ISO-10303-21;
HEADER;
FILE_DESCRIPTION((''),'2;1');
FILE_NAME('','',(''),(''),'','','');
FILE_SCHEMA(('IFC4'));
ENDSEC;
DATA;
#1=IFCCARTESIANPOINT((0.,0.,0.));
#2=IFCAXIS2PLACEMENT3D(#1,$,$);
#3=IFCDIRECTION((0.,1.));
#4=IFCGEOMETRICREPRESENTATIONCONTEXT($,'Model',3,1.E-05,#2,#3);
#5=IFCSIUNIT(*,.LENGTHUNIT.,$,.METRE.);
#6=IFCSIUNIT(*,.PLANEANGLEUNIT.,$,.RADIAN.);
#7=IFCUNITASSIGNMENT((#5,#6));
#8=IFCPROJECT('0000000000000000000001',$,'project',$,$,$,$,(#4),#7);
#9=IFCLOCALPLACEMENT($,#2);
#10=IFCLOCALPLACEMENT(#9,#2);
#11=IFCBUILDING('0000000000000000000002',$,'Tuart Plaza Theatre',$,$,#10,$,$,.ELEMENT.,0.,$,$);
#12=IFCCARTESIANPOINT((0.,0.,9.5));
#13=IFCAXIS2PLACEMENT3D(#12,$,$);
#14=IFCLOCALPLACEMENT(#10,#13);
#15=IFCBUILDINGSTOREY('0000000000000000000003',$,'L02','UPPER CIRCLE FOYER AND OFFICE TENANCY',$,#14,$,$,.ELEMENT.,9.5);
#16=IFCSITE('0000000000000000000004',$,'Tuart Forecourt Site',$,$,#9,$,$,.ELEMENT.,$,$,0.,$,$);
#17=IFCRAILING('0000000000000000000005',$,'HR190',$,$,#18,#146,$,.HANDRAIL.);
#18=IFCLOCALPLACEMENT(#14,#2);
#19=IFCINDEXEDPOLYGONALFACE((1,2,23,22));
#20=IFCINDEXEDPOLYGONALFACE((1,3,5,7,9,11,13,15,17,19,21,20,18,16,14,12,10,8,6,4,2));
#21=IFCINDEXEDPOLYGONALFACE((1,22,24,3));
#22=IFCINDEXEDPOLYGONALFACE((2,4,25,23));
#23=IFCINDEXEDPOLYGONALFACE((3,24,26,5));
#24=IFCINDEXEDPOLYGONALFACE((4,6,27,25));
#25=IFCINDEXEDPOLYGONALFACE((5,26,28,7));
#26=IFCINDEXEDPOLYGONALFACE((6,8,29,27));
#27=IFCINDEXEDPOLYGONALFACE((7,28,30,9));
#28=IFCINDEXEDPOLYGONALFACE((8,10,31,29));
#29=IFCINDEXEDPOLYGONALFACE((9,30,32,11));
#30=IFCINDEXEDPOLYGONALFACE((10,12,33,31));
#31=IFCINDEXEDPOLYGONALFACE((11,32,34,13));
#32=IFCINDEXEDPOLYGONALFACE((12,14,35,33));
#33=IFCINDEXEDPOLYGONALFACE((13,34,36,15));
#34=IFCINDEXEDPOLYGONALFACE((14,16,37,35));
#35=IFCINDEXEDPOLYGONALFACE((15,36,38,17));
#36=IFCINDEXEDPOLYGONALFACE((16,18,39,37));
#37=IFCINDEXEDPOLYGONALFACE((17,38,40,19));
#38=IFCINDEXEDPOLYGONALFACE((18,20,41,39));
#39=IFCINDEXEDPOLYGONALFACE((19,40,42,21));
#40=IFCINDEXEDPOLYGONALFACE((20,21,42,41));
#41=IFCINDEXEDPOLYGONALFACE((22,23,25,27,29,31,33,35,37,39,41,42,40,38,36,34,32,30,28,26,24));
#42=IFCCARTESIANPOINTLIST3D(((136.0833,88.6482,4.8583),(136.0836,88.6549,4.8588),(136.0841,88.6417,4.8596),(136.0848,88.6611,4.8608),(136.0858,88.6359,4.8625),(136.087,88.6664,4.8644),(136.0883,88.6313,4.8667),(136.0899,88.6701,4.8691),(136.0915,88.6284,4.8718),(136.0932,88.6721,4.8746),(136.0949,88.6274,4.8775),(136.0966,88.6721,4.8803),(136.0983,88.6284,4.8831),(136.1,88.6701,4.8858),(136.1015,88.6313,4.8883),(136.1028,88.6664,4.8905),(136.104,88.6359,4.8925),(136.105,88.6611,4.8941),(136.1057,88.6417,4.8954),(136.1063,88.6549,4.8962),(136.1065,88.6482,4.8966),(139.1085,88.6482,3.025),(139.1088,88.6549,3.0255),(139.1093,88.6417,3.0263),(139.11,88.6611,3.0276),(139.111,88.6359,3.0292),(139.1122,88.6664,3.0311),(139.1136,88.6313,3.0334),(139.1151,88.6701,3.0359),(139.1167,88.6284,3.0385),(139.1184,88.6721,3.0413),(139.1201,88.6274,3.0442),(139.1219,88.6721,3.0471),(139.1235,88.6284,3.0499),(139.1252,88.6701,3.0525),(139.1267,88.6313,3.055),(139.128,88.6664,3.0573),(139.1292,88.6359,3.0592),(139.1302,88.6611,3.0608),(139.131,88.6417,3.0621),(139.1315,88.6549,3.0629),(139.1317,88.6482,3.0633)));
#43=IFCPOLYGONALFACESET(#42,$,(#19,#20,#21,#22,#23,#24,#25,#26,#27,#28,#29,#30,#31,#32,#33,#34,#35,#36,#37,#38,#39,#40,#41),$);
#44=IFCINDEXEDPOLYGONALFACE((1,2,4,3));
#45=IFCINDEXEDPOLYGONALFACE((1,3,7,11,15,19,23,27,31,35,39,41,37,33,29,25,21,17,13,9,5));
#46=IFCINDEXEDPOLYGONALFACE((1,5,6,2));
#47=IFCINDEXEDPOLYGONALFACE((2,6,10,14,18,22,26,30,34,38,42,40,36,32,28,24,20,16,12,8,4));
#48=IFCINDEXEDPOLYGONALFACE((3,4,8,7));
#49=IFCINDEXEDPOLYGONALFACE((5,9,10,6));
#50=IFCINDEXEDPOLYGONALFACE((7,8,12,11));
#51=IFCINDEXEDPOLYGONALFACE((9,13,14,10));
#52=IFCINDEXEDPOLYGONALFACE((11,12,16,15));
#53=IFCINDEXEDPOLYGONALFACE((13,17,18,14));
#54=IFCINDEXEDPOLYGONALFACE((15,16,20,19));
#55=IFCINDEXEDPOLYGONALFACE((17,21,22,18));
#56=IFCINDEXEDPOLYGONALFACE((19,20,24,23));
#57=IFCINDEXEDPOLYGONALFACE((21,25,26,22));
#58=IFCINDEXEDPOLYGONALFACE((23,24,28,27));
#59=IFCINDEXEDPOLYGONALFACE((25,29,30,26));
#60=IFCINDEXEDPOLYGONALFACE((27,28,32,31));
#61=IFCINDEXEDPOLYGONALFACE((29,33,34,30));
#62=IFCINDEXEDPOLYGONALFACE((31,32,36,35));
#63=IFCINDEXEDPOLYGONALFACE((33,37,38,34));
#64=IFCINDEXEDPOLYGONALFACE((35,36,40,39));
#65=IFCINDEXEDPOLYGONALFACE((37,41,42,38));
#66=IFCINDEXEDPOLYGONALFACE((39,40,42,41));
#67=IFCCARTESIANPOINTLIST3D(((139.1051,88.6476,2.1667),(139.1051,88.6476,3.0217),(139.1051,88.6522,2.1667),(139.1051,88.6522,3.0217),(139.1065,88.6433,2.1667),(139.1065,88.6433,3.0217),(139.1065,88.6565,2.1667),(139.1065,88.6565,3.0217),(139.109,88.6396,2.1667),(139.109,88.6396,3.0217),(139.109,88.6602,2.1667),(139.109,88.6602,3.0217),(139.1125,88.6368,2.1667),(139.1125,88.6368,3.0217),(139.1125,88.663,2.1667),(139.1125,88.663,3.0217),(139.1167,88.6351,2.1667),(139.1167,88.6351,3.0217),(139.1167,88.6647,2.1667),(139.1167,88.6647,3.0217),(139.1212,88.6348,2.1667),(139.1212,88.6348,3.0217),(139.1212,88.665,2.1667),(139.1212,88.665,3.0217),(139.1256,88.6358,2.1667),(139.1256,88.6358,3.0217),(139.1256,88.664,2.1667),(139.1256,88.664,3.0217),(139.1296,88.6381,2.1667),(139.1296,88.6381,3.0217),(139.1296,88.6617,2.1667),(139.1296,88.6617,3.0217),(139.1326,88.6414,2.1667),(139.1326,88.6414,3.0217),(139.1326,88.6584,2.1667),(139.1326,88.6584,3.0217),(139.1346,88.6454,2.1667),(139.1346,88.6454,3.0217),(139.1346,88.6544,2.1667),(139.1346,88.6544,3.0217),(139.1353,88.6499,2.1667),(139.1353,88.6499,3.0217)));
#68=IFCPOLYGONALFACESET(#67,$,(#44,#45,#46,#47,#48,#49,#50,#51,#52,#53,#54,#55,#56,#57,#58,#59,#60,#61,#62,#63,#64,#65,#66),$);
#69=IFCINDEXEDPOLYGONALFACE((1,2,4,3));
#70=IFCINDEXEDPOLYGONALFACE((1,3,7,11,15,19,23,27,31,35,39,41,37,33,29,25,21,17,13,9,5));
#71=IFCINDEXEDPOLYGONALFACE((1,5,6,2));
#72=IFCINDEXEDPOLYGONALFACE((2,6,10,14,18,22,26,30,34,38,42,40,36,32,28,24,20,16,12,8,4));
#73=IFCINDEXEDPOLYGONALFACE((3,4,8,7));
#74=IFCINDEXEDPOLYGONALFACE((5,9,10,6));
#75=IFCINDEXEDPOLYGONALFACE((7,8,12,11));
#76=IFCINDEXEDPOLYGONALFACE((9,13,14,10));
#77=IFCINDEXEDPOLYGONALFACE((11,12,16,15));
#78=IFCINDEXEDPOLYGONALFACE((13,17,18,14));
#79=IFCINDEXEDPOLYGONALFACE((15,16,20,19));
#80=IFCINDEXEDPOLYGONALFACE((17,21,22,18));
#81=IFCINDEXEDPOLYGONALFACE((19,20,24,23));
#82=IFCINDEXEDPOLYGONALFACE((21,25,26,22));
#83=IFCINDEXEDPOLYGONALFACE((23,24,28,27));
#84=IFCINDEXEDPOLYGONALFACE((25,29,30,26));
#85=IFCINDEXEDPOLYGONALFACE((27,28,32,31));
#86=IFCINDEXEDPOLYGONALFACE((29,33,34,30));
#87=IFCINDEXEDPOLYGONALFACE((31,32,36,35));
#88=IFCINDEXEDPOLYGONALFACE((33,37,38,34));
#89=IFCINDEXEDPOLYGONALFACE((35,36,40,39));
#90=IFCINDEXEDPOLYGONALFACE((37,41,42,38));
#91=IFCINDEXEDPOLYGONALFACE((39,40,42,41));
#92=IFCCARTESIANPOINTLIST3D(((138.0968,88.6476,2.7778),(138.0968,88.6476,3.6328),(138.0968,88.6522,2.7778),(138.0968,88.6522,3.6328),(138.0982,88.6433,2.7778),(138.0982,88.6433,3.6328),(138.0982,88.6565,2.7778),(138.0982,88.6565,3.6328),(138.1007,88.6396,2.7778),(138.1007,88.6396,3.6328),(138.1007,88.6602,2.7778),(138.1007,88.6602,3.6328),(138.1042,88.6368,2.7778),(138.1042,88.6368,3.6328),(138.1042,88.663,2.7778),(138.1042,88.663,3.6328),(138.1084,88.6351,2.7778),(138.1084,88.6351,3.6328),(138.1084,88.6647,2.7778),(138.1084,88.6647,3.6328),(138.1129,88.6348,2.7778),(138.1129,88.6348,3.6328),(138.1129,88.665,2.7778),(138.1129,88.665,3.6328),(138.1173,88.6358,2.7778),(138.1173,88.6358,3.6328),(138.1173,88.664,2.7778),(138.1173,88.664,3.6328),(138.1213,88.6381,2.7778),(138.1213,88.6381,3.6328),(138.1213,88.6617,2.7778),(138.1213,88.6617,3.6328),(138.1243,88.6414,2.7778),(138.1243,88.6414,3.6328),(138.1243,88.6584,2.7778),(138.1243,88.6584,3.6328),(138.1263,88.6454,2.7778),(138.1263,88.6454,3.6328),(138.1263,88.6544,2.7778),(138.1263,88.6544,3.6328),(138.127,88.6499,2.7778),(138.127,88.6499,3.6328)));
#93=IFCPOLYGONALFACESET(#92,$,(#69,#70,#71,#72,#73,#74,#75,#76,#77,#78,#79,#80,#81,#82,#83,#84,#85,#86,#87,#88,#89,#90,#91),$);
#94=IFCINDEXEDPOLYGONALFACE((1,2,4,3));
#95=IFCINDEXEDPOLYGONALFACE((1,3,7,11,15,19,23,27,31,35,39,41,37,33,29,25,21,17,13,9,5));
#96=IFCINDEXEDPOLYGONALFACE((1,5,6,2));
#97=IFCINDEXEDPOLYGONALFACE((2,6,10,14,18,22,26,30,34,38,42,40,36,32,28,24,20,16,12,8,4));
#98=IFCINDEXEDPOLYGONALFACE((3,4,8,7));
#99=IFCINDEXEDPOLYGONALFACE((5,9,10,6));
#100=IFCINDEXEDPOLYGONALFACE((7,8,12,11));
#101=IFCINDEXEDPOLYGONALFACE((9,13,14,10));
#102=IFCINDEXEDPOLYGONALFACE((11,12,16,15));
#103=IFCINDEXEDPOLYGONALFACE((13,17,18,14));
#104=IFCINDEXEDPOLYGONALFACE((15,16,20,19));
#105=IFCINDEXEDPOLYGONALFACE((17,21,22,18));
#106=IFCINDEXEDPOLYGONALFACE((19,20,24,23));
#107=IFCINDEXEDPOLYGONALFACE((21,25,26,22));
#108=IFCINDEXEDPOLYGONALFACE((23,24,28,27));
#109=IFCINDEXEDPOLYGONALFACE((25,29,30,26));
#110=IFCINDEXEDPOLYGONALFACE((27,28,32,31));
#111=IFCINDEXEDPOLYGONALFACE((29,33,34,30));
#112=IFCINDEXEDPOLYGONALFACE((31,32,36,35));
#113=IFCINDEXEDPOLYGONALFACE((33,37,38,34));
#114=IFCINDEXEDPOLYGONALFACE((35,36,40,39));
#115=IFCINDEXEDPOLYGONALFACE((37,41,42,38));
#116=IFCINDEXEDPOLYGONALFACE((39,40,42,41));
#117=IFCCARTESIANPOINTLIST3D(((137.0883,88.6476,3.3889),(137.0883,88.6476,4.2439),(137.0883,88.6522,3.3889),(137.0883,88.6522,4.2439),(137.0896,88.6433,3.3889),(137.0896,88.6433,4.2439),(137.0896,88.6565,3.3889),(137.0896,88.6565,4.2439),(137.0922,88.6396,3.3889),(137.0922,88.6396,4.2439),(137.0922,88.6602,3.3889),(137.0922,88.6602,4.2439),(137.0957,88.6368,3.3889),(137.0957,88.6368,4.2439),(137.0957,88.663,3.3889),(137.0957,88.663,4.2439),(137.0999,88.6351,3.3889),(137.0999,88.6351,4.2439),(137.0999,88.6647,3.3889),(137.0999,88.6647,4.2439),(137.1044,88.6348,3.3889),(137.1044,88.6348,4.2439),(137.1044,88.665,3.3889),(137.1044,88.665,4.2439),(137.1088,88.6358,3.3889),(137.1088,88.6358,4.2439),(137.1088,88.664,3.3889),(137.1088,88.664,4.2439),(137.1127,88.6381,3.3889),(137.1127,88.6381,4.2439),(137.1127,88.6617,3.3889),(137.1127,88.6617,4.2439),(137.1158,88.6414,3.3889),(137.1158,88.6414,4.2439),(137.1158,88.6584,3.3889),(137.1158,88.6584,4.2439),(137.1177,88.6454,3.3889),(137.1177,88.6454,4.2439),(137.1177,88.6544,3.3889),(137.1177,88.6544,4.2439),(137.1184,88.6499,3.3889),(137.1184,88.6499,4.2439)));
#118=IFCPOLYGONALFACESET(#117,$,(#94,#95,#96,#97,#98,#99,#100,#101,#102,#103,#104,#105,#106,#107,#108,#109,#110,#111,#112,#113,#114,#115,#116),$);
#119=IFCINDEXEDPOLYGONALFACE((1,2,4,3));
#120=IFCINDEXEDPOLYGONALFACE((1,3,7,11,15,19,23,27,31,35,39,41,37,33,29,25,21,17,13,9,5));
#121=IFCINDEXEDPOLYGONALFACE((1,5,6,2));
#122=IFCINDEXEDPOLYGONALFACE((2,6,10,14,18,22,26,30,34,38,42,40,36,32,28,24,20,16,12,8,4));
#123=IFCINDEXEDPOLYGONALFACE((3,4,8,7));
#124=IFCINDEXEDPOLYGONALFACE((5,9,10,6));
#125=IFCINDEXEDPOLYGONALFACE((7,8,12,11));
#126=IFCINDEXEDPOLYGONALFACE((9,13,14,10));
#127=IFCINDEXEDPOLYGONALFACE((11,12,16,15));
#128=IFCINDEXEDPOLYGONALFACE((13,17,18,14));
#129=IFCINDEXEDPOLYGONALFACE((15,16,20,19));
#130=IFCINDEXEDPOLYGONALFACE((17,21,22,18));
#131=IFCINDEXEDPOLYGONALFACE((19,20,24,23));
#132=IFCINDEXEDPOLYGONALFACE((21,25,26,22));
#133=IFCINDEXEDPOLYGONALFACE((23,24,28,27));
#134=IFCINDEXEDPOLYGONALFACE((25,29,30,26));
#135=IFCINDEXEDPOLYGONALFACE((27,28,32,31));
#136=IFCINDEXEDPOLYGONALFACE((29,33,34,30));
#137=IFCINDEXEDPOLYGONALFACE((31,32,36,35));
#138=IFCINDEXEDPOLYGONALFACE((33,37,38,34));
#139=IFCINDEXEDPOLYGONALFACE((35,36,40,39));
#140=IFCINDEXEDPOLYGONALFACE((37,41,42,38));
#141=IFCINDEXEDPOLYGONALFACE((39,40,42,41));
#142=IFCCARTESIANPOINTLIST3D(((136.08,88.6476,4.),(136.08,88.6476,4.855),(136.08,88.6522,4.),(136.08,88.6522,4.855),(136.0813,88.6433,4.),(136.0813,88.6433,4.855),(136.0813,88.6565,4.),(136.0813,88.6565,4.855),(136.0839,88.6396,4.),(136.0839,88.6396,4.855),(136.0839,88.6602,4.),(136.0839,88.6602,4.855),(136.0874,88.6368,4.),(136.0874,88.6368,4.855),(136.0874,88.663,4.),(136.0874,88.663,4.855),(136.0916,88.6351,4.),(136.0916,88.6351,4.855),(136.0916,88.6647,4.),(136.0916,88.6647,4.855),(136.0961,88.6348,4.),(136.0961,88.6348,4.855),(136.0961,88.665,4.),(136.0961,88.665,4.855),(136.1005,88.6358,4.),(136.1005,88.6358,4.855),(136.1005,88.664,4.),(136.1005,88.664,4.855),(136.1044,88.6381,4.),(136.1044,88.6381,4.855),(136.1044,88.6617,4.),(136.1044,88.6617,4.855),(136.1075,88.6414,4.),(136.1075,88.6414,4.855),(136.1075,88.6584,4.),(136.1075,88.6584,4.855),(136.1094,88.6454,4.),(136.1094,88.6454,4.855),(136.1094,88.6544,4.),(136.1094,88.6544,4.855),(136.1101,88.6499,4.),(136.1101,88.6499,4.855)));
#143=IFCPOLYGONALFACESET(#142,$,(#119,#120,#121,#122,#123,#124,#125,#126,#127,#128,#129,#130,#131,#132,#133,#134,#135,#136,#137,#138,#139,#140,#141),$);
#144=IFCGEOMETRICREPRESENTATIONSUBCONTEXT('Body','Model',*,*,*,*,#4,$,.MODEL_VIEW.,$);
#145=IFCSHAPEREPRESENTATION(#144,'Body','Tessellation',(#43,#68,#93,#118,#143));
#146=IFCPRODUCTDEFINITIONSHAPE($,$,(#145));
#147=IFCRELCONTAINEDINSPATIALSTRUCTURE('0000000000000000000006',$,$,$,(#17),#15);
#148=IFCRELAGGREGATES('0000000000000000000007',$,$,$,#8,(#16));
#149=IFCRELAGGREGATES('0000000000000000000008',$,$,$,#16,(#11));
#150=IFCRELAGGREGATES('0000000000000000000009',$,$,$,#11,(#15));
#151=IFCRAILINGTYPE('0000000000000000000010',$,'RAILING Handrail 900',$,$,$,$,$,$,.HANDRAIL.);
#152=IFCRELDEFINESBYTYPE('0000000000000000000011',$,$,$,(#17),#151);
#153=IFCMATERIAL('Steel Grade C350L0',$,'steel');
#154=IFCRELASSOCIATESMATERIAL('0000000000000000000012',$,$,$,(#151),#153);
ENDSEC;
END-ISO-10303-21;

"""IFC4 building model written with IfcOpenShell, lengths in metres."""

from ifc_helpers import new_model, si_unit, direction, frame, origin, origin_2d, place, context, subcontext, project, spatial, circle, extrude, material, type_object, element, save


model = new_model("IFC4")

# Units and contexts
model_context = context("Model", 3, precision=1e-05, world=origin(), true_north=direction((0.0, 1.0)))
body_context = subcontext(model_context, "Body", "Model", "MODEL_VIEW")
ifc_project = project(units=[si_unit("LENGTHUNIT", "METRE"), si_unit("PLANEANGLEUNIT", "RADIAN")], contexts=[model_context])

# Site, building, storey
site_placement = place(None, origin())
site = spatial("IfcSite", under=ifc_project, at=site_placement, Name="Tuart Forecourt Site", CompositionType="ELEMENT", RefElevation=0.0)
building_placement = place(site_placement, origin())
building = spatial("IfcBuilding", under=site, at=building_placement, Name="Tuart Plaza Theatre", CompositionType="ELEMENT", ElevationOfRefHeight=0.0)
storey_placement = place(building_placement, frame((0.0, 0.0, 9.5)))
storey = spatial("IfcBuildingStorey", under=building, at=storey_placement, Name="L02", Description="UPPER CIRCLE FOYER AND OFFICE TENANCY", CompositionType="ELEMENT", Elevation=9.5)

# Railing
ifc_material_1 = material(Name="Steel Grade C350L0", Category="steel")
railing_type_1 = type_object("IfcRailingType", Name="RAILING Handrail 900", PredefinedType="HANDRAIL", material=ifc_material_1)
for number, where, name in (
    (1, (139.1201, 88.6499, 2.1667), "HR190"),
):
    element("IfcRailing", number, at=place(storey_placement, frame(where)), inside=storey, type_object=railing_type_1, Name=name, PredefinedType="HANDRAIL", context=body_context, shape_type="SweptSolid", body=[
        extrude(circle(Radius=0.0225, at=origin_2d()), frame((0.0, 0.0, 0.8774), z_axis=(-0.855219, 0.0, 0.518267), x_axis=(0.0, -1.0, 0.0)), (0.0, 0.0, 1.0), 3.5374),
        extrude(circle(Radius=0.0151, at=origin_2d()), origin(), (0.0, 0.0, 1.0), 0.855),
        extrude(circle(Radius=0.0151, at=origin_2d()), frame((-1.0083, 0.0, 0.6111)), (0.0, 0.0, 1.0), 0.855),
        extrude(circle(Radius=0.0151, at=origin_2d()), frame((-2.0168, 0.0, 1.2222)), (0.0, 0.0, 1.0), 0.855),
        extrude(circle(Radius=0.0151, at=origin_2d()), frame((-3.0251, 0.0, 1.8333)), (0.0, 0.0, 1.0), 0.855),
    ])

save(model, "model.ifc")
